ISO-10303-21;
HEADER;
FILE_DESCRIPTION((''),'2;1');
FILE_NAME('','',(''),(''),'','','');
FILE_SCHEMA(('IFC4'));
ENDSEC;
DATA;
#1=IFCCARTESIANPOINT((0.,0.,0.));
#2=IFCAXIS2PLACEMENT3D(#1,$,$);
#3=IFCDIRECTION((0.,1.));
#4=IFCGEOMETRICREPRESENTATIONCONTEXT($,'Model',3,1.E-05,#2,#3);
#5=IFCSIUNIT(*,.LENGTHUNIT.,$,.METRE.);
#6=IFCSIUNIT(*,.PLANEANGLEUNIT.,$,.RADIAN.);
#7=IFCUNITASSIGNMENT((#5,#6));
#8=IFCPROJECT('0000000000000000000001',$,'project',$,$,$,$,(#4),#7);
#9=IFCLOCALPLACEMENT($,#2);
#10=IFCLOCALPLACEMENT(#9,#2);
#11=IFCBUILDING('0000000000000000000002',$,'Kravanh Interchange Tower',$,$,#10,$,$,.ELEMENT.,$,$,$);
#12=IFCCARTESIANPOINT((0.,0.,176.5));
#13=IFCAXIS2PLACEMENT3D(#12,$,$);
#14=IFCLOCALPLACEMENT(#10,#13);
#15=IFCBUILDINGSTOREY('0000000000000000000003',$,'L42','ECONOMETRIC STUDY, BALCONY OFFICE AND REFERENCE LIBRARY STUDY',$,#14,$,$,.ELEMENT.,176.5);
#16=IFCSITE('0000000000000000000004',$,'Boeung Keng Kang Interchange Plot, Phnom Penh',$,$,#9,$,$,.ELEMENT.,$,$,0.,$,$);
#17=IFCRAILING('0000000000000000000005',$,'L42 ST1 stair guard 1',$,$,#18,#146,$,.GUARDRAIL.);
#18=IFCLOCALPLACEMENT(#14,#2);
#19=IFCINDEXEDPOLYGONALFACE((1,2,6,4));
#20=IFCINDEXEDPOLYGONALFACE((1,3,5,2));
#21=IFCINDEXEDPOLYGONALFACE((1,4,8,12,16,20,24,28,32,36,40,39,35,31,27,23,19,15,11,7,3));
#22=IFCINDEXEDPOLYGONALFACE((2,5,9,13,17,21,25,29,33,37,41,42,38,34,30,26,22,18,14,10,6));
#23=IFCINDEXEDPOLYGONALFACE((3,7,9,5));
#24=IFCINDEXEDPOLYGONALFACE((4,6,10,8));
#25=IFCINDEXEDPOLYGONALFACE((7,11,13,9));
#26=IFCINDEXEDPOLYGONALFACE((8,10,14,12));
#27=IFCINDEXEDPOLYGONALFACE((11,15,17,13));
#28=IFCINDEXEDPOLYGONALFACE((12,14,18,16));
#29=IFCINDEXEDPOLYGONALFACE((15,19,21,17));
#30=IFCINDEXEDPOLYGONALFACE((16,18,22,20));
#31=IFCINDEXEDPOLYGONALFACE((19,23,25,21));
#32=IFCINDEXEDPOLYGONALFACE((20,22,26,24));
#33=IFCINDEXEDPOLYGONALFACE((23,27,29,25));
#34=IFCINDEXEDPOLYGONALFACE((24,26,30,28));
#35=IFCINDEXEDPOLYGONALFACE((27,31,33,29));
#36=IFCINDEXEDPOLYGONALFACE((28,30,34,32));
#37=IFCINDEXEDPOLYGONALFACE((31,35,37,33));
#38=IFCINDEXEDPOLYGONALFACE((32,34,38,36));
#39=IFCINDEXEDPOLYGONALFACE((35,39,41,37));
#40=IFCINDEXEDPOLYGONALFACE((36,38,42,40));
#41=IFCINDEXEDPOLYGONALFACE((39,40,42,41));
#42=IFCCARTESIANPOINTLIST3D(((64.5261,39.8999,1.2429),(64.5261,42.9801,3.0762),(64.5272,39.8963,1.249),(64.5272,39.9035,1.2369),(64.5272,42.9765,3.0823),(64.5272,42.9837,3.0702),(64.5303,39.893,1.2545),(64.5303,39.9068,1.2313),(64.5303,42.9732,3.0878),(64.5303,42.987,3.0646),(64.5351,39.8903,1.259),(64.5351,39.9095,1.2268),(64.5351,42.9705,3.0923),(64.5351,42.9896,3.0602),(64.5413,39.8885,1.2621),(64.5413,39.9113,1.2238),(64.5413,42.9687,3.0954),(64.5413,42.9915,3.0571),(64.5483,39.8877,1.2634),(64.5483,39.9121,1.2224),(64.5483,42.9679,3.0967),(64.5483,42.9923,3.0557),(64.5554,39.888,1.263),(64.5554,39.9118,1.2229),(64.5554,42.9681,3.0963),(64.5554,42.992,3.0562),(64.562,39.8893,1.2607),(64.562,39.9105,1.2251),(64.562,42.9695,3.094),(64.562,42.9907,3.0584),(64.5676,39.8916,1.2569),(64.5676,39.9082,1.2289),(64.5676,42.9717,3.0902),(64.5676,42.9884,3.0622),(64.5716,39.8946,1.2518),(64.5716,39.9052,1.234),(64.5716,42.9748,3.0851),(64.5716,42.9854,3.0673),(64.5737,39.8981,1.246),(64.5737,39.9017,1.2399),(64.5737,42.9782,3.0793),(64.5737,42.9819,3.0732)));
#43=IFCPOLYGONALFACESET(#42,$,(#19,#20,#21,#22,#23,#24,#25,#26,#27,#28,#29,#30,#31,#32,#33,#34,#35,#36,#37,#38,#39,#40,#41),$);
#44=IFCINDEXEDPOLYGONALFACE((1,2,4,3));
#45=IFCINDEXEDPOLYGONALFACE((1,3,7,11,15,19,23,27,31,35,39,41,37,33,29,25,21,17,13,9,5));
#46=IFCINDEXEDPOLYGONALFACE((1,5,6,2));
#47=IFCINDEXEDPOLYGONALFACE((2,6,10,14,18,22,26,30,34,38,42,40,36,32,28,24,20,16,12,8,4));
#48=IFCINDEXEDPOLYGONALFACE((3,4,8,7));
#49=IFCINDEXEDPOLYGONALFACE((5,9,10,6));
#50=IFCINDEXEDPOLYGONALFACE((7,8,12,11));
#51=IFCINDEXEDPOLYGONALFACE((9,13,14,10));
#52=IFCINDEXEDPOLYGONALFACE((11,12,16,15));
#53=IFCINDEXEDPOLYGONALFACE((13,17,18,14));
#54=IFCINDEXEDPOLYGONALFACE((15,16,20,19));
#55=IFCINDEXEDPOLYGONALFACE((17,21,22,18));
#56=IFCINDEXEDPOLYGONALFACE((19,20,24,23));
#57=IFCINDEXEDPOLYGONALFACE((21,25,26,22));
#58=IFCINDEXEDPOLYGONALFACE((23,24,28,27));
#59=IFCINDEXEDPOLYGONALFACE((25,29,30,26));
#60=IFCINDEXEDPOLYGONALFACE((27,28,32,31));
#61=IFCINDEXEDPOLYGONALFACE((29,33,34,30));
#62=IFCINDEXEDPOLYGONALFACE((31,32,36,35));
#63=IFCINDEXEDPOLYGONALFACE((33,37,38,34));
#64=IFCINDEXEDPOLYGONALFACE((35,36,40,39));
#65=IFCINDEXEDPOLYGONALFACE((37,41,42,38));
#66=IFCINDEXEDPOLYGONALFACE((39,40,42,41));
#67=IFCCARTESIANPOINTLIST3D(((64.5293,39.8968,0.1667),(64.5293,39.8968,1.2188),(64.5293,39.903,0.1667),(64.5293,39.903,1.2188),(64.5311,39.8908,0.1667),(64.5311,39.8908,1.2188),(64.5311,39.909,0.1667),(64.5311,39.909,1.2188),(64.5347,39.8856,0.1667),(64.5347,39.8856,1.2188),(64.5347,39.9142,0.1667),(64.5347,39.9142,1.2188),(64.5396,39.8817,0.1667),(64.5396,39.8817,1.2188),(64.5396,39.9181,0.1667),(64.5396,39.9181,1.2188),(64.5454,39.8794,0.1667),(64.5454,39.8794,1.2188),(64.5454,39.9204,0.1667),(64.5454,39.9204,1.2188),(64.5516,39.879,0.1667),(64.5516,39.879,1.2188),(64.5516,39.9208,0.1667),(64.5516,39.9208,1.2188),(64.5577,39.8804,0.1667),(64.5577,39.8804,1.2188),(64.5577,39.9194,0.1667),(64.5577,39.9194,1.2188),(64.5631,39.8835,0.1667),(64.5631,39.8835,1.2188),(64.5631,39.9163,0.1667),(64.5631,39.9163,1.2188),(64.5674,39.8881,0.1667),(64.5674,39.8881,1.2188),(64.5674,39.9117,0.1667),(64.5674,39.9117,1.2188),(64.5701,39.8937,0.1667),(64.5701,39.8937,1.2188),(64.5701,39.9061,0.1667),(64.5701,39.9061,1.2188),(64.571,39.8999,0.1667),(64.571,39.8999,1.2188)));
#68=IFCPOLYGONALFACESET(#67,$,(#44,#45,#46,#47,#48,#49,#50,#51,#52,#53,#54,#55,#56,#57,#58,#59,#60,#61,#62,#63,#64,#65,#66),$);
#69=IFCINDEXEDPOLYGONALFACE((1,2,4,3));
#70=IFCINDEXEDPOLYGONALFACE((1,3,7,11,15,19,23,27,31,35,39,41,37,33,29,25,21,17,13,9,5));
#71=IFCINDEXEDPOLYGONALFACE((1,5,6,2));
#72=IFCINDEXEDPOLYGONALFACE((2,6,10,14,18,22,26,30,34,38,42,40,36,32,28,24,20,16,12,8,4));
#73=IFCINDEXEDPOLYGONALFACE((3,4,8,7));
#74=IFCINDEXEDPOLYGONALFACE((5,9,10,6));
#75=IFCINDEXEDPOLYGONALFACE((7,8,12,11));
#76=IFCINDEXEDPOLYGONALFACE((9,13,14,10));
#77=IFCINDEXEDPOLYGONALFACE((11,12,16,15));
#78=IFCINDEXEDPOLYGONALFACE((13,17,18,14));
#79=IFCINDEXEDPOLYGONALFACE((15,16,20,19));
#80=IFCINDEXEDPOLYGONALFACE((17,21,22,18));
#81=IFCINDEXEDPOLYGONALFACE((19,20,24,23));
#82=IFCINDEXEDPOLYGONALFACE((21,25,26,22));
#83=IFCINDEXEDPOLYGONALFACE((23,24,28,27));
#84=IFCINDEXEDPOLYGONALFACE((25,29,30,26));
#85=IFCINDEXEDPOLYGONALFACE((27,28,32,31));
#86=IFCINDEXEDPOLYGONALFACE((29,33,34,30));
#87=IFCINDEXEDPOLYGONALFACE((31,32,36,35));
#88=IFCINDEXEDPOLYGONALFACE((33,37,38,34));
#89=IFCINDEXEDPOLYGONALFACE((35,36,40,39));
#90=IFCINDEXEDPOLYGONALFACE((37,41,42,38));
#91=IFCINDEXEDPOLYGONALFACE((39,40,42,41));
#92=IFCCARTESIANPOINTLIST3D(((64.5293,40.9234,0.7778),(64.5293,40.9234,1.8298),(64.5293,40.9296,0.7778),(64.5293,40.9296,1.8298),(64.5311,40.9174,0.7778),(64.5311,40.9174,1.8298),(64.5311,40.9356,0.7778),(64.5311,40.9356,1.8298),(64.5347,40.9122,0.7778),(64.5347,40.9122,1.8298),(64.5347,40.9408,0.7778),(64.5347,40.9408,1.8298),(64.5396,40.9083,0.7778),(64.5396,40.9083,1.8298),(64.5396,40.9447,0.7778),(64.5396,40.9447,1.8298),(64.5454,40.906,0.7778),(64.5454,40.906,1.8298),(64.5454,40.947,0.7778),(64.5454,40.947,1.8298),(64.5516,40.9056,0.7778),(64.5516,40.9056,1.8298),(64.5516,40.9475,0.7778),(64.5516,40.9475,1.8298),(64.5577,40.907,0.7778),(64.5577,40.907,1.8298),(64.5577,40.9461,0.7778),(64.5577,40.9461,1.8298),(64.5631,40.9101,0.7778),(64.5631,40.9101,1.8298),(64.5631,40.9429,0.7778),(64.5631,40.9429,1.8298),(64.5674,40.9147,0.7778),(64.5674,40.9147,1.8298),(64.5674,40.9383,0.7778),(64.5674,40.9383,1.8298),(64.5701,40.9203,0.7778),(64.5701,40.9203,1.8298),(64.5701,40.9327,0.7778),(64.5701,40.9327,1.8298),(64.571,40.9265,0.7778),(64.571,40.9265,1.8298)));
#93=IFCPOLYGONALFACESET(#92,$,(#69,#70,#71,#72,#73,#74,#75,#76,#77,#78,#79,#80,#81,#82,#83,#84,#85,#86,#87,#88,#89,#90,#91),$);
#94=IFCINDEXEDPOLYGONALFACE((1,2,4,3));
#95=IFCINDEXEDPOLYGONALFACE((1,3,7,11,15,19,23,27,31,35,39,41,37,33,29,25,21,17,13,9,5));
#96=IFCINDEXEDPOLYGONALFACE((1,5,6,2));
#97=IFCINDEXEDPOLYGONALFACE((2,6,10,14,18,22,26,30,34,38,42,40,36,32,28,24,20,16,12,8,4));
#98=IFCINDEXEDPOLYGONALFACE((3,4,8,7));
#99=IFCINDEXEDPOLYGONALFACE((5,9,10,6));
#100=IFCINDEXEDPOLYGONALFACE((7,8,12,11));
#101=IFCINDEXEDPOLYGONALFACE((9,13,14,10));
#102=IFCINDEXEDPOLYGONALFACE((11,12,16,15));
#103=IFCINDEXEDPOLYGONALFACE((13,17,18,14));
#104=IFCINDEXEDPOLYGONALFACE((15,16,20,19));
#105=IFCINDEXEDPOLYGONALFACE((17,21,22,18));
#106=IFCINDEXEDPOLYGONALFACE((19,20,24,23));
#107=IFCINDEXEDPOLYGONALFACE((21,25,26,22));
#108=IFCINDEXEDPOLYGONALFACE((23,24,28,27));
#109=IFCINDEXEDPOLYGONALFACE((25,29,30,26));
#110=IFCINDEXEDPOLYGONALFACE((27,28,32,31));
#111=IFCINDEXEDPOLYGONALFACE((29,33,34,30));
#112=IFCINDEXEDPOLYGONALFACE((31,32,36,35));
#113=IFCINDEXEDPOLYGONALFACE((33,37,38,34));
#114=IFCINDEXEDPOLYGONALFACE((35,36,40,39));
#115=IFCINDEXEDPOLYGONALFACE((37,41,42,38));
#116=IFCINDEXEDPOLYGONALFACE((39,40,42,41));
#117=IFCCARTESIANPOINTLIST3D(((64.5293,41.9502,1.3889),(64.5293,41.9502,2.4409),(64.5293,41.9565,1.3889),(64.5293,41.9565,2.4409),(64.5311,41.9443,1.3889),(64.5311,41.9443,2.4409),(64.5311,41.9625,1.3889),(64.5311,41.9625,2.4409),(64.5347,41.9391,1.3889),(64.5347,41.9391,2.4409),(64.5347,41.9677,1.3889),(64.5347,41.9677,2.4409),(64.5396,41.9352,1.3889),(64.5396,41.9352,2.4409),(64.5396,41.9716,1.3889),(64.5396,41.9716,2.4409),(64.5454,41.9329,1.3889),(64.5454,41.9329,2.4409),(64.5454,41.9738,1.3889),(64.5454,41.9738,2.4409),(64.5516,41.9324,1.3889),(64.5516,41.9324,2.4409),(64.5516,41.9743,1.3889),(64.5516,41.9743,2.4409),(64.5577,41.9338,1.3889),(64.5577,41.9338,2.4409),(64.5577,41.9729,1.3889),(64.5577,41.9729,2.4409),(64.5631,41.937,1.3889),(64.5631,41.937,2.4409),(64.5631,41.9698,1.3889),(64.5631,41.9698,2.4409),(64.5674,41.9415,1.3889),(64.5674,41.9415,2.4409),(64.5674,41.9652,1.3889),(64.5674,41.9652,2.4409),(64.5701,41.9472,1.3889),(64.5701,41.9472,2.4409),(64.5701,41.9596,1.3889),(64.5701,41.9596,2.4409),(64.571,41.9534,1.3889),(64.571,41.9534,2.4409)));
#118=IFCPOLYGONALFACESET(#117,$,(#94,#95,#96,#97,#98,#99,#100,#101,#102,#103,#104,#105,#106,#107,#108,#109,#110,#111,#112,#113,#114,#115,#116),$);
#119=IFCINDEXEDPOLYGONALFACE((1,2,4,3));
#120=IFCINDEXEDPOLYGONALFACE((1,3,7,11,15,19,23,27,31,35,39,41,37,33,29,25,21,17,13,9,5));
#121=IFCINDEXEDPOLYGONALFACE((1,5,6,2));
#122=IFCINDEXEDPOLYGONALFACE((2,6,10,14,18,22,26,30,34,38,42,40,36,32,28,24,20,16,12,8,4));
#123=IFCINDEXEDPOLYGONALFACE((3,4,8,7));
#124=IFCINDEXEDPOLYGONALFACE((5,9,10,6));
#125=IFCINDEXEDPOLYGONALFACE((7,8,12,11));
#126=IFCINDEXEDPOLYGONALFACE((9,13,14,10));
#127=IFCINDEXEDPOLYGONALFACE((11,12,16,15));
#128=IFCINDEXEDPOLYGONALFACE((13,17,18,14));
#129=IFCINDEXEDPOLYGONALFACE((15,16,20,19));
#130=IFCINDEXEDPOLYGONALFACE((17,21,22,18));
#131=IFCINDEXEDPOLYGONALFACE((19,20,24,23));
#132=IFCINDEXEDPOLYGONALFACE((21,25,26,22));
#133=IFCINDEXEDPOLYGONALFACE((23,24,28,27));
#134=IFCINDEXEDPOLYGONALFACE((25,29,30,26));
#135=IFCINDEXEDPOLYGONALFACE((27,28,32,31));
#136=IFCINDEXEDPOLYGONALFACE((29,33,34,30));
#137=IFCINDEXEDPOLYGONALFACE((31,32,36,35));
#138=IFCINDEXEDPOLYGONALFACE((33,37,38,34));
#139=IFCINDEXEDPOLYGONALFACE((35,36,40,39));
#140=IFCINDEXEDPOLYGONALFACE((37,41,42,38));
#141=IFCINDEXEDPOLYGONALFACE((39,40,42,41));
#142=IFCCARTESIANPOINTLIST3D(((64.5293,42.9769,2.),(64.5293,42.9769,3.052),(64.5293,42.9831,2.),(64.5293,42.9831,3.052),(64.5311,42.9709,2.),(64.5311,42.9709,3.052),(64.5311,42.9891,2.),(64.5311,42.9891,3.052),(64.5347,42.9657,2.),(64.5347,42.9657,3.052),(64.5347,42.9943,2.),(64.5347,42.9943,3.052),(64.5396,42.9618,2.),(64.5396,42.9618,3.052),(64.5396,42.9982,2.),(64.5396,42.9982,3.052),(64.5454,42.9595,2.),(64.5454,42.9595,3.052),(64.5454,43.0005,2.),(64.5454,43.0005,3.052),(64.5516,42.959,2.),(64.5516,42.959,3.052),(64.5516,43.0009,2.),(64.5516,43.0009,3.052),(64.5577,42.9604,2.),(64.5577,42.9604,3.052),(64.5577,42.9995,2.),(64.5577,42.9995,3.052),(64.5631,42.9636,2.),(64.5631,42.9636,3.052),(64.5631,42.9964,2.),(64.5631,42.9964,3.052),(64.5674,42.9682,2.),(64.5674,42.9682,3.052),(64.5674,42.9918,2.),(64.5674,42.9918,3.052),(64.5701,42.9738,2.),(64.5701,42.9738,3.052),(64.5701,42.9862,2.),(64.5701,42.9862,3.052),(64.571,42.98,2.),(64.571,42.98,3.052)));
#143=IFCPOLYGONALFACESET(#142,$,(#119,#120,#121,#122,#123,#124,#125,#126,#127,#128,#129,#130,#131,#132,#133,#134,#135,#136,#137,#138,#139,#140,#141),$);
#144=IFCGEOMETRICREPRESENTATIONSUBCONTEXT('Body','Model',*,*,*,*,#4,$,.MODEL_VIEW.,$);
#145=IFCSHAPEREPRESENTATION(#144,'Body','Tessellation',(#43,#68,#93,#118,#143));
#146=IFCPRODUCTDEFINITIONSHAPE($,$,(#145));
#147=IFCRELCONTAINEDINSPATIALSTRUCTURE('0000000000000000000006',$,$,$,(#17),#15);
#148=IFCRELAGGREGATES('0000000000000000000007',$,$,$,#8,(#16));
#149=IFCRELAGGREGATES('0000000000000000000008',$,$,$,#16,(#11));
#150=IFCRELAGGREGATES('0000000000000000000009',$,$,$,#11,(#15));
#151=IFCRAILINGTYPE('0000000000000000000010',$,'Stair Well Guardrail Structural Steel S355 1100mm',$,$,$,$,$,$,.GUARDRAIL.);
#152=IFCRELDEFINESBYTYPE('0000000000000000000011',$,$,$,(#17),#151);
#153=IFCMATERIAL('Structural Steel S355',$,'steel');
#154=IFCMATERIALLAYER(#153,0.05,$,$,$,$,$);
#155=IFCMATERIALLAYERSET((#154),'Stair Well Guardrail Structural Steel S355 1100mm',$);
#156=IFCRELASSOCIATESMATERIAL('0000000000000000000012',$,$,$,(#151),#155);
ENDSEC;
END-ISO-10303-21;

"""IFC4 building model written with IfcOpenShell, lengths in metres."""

from ifc_helpers import new_model, si_unit, direction, frame, origin, origin_2d, place, context, subcontext, project, spatial, circle, extrude, material, layer, layer_set, type_object, element, save


model = new_model("IFC4")

# Units and contexts
model_context = context("Model", 3, precision=1e-05, world=origin(), true_north=direction((0.0, 1.0)))
body_context = subcontext(model_context, "Body", "Model", "MODEL_VIEW")
ifc_project = project(units=[si_unit("LENGTHUNIT", "METRE"), si_unit("PLANEANGLEUNIT", "RADIAN")], contexts=[model_context])

# Site, building, storey
site_placement = place(None, origin())
site = spatial("IfcSite", under=ifc_project, at=site_placement, Name="Boeung Keng Kang Interchange Plot, Phnom Penh", CompositionType="ELEMENT", RefElevation=0.0)
building_placement = place(site_placement, origin())
building = spatial("IfcBuilding", under=site, at=building_placement, Name="Kravanh Interchange Tower", CompositionType="ELEMENT")
storey_placement = place(building_placement, frame((0.0, 0.0, 176.5)))
storey = spatial("IfcBuildingStorey", under=building, at=storey_placement, Name="L42", Description="ECONOMETRIC STUDY, BALCONY OFFICE AND REFERENCE LIBRARY STUDY", CompositionType="ELEMENT", Elevation=176.5)

# Railing
ifc_material_1 = material(Name="Structural Steel S355", Category="steel")
ifc_layer_1 = layer(ifc_material_1, 0.05)
ifc_layer_set_1 = layer_set([ifc_layer_1], Name="Stair Well Guardrail Structural Steel S355 1100mm")
railing_type_1 = type_object("IfcRailingType", Name="Stair Well Guardrail Structural Steel S355 1100mm", PredefinedType="GUARDRAIL", material=ifc_layer_set_1)
railing_1_placement = place(storey_placement, frame((64.55, 39.8999, 0.1667)))
element("IfcRailing", 1, at=railing_1_placement, inside=storey, type_object=railing_type_1, Name="L42 ST1 stair guard 1", PredefinedType="GUARDRAIL", context=body_context, shape_type="SweptSolid", body=[
    extrude(circle(Radius=0.0239, at=origin_2d()), frame((0.0, 0.0, 1.0762), z_axis=(0.0, 0.859309, 0.511458), x_axis=(-1.0, 0.0, 0.0)), (0.0, 0.0, 1.0), 3.5845),
    extrude(circle(Radius=0.021, at=origin_2d()), origin(), (0.0, 0.0, 1.0), 1.052),
    extrude(circle(Radius=0.021, at=origin_2d()), frame((0.0, 1.0266, 0.6111)), (0.0, 0.0, 1.0), 1.052),
    extrude(circle(Radius=0.021, at=origin_2d()), frame((0.0, 2.0535, 1.2222)), (0.0, 0.0, 1.0), 1.052),
    extrude(circle(Radius=0.021, at=origin_2d()), frame((0.0, 3.0801, 1.8333)), (0.0, 0.0, 1.0), 1.052),
])

save(model, "model.ifc")
